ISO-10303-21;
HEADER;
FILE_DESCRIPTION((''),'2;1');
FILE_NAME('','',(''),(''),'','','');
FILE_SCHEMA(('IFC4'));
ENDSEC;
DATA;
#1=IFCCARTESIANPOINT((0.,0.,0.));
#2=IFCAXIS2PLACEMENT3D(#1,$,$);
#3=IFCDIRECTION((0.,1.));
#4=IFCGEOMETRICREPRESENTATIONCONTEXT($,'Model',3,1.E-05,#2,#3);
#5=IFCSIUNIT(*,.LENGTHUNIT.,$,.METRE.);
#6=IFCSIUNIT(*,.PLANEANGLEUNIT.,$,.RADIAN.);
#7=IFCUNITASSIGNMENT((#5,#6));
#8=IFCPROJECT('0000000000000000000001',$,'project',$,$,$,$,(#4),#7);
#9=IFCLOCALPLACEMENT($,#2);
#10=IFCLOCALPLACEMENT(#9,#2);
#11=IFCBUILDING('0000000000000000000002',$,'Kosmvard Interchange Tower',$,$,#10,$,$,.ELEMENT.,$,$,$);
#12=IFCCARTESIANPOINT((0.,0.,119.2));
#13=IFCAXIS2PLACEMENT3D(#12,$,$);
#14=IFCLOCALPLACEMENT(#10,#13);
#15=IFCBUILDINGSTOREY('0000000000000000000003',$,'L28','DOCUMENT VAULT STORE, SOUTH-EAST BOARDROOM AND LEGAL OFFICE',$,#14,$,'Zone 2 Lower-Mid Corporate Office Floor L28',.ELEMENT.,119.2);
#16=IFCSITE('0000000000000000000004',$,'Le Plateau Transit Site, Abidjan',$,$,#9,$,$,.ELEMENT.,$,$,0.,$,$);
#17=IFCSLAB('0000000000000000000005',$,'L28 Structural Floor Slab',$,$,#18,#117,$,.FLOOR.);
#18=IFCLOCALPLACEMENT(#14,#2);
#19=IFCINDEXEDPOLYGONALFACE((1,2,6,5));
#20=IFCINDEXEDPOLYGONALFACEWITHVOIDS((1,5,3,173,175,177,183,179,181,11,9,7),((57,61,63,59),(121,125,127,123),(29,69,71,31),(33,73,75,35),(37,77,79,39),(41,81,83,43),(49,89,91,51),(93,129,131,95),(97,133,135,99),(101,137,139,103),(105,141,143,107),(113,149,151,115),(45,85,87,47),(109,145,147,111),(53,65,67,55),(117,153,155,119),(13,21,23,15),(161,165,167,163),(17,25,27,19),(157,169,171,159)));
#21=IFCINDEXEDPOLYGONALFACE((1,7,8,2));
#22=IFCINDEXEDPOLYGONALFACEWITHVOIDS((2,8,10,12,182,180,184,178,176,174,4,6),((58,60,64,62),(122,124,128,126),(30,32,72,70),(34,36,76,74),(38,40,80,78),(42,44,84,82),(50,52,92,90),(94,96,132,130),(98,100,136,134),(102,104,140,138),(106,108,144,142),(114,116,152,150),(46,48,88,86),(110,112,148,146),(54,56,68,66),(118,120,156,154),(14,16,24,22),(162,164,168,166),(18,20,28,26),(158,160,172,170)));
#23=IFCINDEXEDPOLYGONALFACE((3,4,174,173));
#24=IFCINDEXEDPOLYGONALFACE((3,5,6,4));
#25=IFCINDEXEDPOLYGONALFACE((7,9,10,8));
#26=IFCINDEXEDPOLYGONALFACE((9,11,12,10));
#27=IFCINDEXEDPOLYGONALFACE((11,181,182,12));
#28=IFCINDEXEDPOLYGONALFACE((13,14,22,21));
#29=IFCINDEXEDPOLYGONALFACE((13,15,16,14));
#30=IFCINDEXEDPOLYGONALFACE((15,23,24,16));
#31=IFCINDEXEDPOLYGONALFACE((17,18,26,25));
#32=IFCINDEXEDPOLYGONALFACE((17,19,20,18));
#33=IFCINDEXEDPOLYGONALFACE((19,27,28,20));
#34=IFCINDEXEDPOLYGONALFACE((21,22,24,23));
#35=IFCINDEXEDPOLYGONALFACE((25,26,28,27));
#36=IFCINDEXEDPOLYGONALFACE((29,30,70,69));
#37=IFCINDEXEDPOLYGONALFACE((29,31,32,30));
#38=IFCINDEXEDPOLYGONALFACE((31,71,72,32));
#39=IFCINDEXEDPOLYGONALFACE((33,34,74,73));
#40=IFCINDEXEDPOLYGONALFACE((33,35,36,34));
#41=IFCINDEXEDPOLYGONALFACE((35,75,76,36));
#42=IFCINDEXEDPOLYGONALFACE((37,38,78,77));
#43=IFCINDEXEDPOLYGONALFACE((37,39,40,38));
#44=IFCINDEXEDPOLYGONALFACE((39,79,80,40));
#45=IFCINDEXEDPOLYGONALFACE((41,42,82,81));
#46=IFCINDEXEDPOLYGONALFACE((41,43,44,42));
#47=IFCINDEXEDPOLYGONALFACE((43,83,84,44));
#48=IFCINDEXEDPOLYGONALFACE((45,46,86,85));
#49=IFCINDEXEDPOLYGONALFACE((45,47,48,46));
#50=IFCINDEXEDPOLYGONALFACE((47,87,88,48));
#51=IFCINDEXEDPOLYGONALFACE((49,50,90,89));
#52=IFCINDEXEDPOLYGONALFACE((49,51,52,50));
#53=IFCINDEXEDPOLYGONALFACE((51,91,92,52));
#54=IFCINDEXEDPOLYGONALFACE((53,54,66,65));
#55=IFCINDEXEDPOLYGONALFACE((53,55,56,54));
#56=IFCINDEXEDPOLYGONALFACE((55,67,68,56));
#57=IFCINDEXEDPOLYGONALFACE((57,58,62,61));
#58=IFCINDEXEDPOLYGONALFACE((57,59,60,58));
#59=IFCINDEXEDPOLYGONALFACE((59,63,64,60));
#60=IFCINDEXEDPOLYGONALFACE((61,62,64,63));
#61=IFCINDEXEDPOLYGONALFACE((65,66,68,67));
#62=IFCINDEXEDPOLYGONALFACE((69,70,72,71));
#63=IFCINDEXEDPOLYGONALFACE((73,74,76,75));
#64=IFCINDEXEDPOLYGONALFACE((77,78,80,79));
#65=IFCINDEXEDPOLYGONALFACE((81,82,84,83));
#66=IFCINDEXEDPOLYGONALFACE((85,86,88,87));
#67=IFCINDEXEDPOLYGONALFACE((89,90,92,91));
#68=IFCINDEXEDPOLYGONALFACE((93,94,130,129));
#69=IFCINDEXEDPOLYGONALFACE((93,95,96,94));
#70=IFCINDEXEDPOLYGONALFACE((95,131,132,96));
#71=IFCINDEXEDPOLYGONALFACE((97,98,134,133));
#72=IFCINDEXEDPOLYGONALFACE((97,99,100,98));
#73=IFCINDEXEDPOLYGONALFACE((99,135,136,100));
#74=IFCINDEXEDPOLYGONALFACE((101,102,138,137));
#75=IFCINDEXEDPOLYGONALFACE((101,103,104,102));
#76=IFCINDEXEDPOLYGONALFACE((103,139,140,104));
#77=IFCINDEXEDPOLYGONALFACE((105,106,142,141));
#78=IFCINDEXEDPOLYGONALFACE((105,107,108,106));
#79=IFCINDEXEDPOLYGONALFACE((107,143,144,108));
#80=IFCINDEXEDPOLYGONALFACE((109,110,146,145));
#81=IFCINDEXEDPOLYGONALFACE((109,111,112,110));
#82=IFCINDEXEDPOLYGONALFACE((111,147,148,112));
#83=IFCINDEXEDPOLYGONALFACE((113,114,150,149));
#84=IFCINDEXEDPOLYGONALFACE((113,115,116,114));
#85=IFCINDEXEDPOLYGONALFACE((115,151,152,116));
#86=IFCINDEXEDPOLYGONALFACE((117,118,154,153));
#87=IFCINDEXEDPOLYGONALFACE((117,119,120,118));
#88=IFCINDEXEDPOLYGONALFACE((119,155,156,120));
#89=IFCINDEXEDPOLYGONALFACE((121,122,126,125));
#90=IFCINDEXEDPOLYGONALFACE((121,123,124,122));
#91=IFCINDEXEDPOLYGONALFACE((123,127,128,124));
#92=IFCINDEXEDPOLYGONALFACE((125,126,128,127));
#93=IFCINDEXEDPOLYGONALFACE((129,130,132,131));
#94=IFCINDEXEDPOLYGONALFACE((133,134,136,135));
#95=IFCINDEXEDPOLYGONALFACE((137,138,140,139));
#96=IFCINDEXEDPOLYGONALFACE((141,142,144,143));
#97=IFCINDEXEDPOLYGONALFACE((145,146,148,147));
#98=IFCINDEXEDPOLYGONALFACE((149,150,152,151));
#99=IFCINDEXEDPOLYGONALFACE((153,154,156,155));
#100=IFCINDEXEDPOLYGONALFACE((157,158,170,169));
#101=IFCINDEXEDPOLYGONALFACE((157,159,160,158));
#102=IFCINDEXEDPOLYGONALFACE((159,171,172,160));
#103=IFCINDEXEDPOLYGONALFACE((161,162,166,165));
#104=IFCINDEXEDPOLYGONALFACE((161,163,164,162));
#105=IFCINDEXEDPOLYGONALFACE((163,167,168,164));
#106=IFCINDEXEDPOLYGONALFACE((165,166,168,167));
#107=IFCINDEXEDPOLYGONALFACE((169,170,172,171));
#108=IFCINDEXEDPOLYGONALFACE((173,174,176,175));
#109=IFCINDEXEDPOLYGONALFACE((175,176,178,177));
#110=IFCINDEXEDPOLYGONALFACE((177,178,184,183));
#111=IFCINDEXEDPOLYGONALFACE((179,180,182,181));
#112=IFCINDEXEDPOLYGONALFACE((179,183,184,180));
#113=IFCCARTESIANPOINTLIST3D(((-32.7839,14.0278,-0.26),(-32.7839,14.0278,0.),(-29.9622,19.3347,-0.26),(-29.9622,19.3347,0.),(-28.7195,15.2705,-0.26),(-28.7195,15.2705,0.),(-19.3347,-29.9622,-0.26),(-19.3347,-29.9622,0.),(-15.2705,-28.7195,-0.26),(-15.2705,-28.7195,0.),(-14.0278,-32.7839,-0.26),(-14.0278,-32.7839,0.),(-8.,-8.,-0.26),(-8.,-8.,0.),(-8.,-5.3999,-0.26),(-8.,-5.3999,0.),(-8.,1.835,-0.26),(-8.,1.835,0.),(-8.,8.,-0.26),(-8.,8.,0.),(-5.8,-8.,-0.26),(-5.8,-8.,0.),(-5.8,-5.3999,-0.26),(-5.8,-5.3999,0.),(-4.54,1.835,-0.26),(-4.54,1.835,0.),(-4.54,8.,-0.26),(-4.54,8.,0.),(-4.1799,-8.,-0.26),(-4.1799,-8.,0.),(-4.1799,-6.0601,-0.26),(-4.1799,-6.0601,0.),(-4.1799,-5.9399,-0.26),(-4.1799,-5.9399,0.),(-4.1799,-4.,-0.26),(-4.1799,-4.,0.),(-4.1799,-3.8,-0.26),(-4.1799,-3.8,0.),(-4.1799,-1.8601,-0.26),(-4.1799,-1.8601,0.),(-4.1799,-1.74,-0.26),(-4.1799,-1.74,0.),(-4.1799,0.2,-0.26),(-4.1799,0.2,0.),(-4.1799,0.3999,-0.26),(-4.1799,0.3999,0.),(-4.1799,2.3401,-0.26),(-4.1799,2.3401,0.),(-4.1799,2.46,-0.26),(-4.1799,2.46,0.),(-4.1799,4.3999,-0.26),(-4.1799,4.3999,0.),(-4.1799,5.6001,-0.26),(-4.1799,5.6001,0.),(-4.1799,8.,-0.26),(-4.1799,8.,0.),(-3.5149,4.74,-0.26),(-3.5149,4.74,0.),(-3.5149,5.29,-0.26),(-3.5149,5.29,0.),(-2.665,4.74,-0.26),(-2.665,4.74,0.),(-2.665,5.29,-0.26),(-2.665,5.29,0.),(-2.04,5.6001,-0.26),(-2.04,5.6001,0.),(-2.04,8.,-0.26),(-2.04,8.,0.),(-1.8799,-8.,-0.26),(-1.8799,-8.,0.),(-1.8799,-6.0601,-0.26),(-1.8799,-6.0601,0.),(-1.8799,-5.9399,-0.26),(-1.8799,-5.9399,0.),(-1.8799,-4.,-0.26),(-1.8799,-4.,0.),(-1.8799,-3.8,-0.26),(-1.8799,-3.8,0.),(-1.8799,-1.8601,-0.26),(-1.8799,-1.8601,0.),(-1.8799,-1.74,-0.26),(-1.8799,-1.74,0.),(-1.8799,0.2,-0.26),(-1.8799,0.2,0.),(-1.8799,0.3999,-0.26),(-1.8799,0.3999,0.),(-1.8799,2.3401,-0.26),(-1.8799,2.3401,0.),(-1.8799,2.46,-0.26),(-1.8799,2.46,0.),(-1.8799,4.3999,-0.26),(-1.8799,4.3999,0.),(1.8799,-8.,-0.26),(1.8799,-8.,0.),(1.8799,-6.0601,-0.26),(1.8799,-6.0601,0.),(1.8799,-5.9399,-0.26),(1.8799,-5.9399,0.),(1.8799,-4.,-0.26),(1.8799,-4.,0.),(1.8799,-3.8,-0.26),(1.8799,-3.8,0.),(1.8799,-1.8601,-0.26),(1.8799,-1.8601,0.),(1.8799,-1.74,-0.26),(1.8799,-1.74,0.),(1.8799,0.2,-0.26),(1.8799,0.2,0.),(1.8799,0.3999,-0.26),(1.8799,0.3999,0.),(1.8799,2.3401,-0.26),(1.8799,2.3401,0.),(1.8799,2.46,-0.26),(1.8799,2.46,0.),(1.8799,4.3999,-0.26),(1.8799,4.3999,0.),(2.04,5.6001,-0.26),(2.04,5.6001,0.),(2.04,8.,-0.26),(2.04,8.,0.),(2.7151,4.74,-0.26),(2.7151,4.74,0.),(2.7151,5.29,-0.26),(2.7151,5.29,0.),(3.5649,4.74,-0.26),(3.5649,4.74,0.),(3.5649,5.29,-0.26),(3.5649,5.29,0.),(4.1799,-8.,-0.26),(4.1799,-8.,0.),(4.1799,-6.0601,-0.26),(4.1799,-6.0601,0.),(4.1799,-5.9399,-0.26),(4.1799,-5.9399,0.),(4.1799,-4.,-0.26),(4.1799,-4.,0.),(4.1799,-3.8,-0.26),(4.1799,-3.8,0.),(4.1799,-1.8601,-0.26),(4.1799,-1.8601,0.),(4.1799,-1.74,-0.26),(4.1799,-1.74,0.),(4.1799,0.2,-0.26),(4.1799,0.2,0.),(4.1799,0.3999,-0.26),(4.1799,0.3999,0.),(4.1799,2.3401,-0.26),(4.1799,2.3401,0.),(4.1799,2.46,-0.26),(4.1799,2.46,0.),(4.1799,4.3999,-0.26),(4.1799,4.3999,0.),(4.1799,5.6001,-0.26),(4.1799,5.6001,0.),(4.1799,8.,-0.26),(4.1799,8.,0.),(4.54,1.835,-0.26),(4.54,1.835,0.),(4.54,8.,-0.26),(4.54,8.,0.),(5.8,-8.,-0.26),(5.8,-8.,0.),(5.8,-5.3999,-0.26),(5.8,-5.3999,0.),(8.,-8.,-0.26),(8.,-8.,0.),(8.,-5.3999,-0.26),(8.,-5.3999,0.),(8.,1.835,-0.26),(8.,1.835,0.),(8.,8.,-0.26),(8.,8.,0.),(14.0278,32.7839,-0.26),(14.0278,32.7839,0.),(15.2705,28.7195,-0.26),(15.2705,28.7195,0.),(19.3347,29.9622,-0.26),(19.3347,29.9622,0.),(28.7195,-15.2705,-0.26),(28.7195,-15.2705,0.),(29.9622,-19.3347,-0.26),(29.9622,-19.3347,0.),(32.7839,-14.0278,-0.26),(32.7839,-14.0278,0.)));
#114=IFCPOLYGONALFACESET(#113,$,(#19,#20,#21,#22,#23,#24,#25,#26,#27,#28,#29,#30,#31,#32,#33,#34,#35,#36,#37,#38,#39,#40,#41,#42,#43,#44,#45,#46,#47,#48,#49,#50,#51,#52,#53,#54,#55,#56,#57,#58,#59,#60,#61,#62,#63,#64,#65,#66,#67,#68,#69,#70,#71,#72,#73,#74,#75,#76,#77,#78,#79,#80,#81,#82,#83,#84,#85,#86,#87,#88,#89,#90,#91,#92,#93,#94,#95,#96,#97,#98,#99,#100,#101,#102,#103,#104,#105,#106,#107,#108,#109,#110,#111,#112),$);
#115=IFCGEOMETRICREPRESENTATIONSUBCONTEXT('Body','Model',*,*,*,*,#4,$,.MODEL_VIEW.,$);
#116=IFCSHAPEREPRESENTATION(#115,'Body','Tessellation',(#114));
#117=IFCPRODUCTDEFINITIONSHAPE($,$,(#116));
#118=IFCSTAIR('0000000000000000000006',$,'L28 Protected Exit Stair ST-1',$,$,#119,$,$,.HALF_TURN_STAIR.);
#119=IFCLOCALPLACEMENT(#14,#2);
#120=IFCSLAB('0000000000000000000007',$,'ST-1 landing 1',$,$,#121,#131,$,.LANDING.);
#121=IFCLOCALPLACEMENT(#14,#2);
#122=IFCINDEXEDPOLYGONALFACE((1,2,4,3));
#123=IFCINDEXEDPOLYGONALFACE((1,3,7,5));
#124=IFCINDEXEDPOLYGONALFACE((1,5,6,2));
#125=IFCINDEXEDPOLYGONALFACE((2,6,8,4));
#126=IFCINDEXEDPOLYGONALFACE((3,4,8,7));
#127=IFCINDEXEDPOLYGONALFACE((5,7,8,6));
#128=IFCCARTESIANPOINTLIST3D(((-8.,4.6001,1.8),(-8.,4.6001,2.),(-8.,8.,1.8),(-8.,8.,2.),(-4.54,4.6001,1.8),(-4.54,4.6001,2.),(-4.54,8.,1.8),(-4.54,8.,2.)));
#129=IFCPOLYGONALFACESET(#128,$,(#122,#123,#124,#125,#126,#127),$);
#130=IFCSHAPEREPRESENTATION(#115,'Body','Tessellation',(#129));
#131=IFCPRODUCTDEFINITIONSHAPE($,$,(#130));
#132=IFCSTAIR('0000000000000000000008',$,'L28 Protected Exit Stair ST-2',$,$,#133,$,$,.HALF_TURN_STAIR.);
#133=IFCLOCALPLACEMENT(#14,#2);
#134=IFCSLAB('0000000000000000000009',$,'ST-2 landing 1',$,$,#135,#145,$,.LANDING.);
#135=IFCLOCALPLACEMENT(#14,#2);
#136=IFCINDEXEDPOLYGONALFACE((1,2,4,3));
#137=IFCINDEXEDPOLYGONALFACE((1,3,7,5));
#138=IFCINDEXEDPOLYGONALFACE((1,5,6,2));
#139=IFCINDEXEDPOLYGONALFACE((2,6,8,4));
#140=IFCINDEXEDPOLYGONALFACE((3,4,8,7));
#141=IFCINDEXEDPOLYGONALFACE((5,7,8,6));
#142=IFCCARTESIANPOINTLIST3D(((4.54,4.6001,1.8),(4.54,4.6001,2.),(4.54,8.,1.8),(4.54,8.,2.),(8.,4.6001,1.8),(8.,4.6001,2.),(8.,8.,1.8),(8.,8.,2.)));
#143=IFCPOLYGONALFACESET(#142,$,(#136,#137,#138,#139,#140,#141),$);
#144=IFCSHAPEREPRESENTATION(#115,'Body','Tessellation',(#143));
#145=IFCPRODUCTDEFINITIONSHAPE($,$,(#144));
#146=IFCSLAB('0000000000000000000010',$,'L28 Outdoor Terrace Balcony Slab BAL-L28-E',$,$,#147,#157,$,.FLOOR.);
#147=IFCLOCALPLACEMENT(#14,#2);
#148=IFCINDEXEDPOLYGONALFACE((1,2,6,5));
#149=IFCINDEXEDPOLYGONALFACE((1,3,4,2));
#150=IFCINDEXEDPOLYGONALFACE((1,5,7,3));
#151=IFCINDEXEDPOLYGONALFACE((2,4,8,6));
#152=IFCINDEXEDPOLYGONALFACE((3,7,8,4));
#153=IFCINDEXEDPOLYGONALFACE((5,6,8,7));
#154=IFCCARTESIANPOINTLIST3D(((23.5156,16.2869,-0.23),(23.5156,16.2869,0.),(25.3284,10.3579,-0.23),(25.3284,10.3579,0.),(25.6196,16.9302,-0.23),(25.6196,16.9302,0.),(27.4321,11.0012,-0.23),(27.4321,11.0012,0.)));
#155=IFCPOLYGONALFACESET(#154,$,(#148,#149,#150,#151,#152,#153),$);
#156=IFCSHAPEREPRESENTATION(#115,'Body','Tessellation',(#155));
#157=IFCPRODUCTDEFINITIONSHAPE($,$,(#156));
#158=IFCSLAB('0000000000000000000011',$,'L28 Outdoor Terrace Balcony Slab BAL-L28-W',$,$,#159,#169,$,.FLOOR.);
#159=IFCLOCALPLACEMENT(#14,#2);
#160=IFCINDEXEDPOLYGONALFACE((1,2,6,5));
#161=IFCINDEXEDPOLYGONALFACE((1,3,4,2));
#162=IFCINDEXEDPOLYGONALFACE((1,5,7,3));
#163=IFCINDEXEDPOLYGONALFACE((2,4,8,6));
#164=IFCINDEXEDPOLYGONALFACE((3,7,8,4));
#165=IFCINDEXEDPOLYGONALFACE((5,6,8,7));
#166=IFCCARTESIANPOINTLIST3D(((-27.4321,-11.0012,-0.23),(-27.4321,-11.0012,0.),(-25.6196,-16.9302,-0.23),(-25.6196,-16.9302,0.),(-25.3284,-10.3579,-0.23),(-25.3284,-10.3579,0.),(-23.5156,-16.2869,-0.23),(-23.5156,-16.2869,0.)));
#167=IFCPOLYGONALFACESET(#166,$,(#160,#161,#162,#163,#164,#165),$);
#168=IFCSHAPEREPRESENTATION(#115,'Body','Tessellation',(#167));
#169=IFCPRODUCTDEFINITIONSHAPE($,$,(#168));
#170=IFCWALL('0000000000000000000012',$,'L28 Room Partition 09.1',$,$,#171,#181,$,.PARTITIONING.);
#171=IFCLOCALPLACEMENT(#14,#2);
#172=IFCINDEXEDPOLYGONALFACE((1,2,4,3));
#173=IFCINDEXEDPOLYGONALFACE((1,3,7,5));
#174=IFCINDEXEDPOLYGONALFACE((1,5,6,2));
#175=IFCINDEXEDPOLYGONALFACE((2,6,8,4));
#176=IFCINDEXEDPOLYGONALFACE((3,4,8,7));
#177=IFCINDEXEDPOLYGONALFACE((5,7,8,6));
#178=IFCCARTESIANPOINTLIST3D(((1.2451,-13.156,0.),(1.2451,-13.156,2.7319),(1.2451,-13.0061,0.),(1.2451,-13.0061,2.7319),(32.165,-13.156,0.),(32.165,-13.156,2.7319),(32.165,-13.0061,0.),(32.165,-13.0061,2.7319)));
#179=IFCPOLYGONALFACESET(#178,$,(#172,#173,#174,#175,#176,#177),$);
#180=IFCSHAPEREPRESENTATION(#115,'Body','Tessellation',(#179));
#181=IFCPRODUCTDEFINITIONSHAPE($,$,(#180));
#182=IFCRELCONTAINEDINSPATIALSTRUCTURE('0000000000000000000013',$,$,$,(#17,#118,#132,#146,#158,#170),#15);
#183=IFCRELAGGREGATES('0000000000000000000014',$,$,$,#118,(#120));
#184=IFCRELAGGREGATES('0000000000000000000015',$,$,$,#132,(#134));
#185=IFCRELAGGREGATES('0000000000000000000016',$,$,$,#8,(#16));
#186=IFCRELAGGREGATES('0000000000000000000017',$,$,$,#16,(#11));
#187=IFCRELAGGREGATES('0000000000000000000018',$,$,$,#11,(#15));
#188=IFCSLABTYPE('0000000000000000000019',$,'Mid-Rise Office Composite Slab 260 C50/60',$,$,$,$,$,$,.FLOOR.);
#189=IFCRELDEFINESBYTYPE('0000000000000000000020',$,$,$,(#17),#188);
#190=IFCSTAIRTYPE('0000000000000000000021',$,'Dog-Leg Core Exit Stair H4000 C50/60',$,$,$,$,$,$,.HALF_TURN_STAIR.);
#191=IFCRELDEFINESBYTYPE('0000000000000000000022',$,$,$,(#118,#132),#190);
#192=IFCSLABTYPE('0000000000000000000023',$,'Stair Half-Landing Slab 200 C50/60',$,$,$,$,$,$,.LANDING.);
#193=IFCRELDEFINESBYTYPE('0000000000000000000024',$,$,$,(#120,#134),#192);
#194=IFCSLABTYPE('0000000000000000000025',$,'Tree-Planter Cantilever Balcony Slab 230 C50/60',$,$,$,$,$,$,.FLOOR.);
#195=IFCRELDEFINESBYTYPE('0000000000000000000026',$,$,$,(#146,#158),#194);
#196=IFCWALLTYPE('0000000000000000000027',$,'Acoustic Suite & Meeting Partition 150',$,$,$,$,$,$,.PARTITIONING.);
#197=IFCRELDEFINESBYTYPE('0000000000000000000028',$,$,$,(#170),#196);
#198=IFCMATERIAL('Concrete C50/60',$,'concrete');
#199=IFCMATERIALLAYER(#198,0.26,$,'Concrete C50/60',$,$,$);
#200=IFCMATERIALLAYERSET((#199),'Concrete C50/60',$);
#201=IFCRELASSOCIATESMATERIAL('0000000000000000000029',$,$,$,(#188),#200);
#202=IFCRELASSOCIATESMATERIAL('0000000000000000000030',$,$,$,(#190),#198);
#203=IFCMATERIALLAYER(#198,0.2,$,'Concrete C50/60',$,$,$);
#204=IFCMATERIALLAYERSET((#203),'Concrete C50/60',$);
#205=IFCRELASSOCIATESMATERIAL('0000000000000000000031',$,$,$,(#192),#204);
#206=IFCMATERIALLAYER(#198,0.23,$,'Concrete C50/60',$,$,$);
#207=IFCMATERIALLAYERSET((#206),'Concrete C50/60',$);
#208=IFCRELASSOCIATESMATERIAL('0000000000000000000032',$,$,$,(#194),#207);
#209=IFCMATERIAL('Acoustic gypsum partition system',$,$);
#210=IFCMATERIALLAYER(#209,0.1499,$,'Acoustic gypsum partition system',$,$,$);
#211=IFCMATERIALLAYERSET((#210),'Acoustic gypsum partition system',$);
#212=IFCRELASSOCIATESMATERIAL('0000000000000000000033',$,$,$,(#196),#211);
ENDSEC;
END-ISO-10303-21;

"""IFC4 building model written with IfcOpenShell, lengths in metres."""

from ifc_helpers import new_model, si_unit, direction, frame, frame_2d, origin, place, context, subcontext, project, spatial, polyline, rectangle, outline, extrude, material, layer, layer_set, type_object, element, aggregate, save


model = new_model("IFC4")

# Units and contexts
model_context = context("Model", 3, precision=1e-05, world=origin(), true_north=direction((0.0, 1.0)))
body_context = subcontext(model_context, "Body", "Model", "MODEL_VIEW")
ifc_project = project(units=[si_unit("LENGTHUNIT", "METRE"), si_unit("PLANEANGLEUNIT", "RADIAN")], contexts=[model_context])

# Site, building, storey
site_placement = place(None, origin())
site = spatial("IfcSite", under=ifc_project, at=site_placement, Name="Le Plateau Transit Site, Abidjan", CompositionType="ELEMENT", RefElevation=0.0)
building_placement = place(site_placement, origin())
building = spatial("IfcBuilding", under=site, at=building_placement, Name="Kosmvard Interchange Tower", CompositionType="ELEMENT")
storey_placement = place(building_placement, frame((0.0, 0.0, 119.2)))
storey = spatial("IfcBuildingStorey", under=building, at=storey_placement, Name="L28", Description="DOCUMENT VAULT STORE, SOUTH-EAST BOARDROOM AND LEGAL OFFICE", LongName="Zone 2 Lower-Mid Corporate Office Floor L28", CompositionType="ELEMENT", Elevation=119.2)

# Slab
ifc_material_1 = material(Name="Concrete C50/60", Category="concrete")
ifc_layer_1 = layer(ifc_material_1, 0.26, Name="Concrete C50/60")
ifc_layer_set_1 = layer_set([ifc_layer_1], Name="Concrete C50/60")
slab_type_1 = type_object("IfcSlabType", Name="Mid-Rise Office Composite Slab 260 C50/60", PredefinedType="FLOOR", material=ifc_layer_set_1)
slab_1_placement = place(storey_placement, frame((0.0, 0.0, -0.26)))
element("IfcSlab", 1, at=slab_1_placement, inside=storey, type_object=slab_type_1, Name="L28 Structural Floor Slab", PredefinedType="FLOOR", context=body_context, shape_type="SweptSolid", body=[
    extrude(outline(polyline([(-14.0278, -32.7839), (29.9622, -19.3347), (28.7195, -15.2705), (32.7839, -14.0278), (19.3347, 29.9622), (15.2705, 28.7195), (14.0278, 32.7839), (-29.9622, 19.3347), (-28.7195, 15.2705), (-32.7839, 14.0278), (-19.3347, -29.9622), (-15.2705, -28.7195), (-14.0278, -32.7839)]), holes=[polyline([(-8.0, 1.835), (-4.54, 1.835), (-4.54, 8.0), (-8.0, 8.0), (-8.0, 1.835)]), polyline([(4.54, 1.835), (8.0, 1.835), (8.0, 8.0), (4.54, 8.0), (4.54, 1.835)]), polyline([(-8.0, -8.0), (-5.8, -8.0), (-5.8, -5.3999), (-8.0, -5.3999), (-8.0, -8.0)]), polyline([(5.8, -8.0), (8.0, -8.0), (8.0, -5.3999), (5.8, -5.3999), (5.8, -8.0)]), polyline([(-4.1799, -8.0), (-1.8799, -8.0), (-1.8799, -6.0601), (-4.1799, -6.0601), (-4.1799, -8.0)]), polyline([(-4.1799, -5.9399), (-1.8799, -5.9399), (-1.8799, -4.0), (-4.1799, -4.0), (-4.1799, -5.9399)]), polyline([(1.8799, -8.0), (4.1799, -8.0), (4.1799, -6.0601), (1.8799, -6.0601), (1.8799, -8.0)]), polyline([(1.8799, -5.9399), (4.1799, -5.9399), (4.1799, -4.0), (1.8799, -4.0), (1.8799, -5.9399)]), polyline([(-4.1799, -3.8), (-1.8799, -3.8), (-1.8799, -1.8601), (-4.1799, -1.8601), (-4.1799, -3.8)]), polyline([(-4.1799, -1.74), (-1.8799, -1.74), (-1.8799, 0.2), (-4.1799, 0.2), (-4.1799, -1.74)]), polyline([(1.8799, -3.8), (4.1799, -3.8), (4.1799, -1.8601), (1.8799, -1.8601), (1.8799, -3.8)]), polyline([(1.8799, -1.74), (4.1799, -1.74), (4.1799, 0.2), (1.8799, 0.2), (1.8799, -1.74)]), polyline([(-4.1799, 0.3999), (-1.8799, 0.3999), (-1.8799, 2.3401), (-4.1799, 2.3401), (-4.1799, 0.3999)]), polyline([(-4.1799, 2.46), (-1.8799, 2.46), (-1.8799, 4.3999), (-4.1799, 4.3999), (-4.1799, 2.46)]), polyline([(1.8799, 0.3999), (4.1799, 0.3999), (4.1799, 2.3401), (1.8799, 2.3401), (1.8799, 0.3999)]), polyline([(1.8799, 2.46), (4.1799, 2.46), (4.1799, 4.3999), (1.8799, 4.3999), (1.8799, 2.46)]), polyline([(-4.1799, 5.6001), (-2.04, 5.6001), (-2.04, 8.0), (-4.1799, 8.0), (-4.1799, 5.6001)]), polyline([(2.04, 5.6001), (4.1799, 5.6001), (4.1799, 8.0), (2.04, 8.0), (2.04, 5.6001)]), polyline([(-3.5149, 4.74), (-2.665, 4.74), (-2.665, 5.29), (-3.5149, 5.29), (-3.5149, 4.74)]), polyline([(2.7151, 4.74), (3.5649, 4.74), (3.5649, 5.29), (2.7151, 5.29), (2.7151, 4.74)])]), origin(), (0.0, 0.0, 1.0), 0.26),
])

# Stairs, slabs
stair_type = type_object("IfcStairType", Name="Dog-Leg Core Exit Stair H4000 C50/60", PredefinedType="HALF_TURN_STAIR", material=ifc_material_1)
stair_1_placement = place(storey_placement, origin())
stair_1 = element("IfcStair", 2, at=stair_1_placement, inside=storey, type_object=stair_type, Name="L28 Protected Exit Stair ST-1", PredefinedType="HALF_TURN_STAIR")
ifc_layer_2 = layer(ifc_material_1, 0.2, Name="Concrete C50/60")
ifc_layer_set_2 = layer_set([ifc_layer_2], Name="Concrete C50/60")
slab_type_2 = type_object("IfcSlabType", Name="Stair Half-Landing Slab 200 C50/60", PredefinedType="LANDING", material=ifc_layer_set_2)
slab_2_placement = place(storey_placement, frame((0.0, 0.0, 1.8)))
slab_2 = element("IfcSlab", 3, at=slab_2_placement, type_object=slab_type_2, Name="ST-1 landing 1", PredefinedType="LANDING", context=body_context, shape_type="SweptSolid", body=[
    extrude(outline(polyline([(-4.54, 4.6001), (-4.54, 8.0), (-8.0, 8.0), (-8.0, 4.6001), (-4.54, 4.6001)])), origin(), (0.0, 0.0, 1.0), 0.2),
])
aggregate(stair_1, [slab_2])
stair_2_placement = place(storey_placement, origin())
stair_2 = element("IfcStair", 4, at=stair_2_placement, inside=storey, type_object=stair_type, Name="L28 Protected Exit Stair ST-2", PredefinedType="HALF_TURN_STAIR")
slab_3_placement = place(storey_placement, frame((0.0, 0.0, 1.8)))
slab_3 = element("IfcSlab", 5, at=slab_3_placement, type_object=slab_type_2, Name="ST-2 landing 1", PredefinedType="LANDING", context=body_context, shape_type="SweptSolid", body=[
    extrude(outline(polyline([(8.0, 4.6001), (8.0, 8.0), (4.54, 8.0), (4.54, 4.6001), (8.0, 4.6001)])), origin(), (0.0, 0.0, 1.0), 0.2),
])

# Slabs
ifc_layer_3 = layer(ifc_material_1, 0.23, Name="Concrete C50/60")
ifc_layer_set_3 = layer_set([ifc_layer_3], Name="Concrete C50/60")
slab_type_3 = type_object("IfcSlabType", Name="Tree-Planter Cantilever Balcony Slab 230 C50/60", PredefinedType="FLOOR", material=ifc_layer_set_3)
slab_4_placement = place(storey_placement, frame((0.0, 0.0, -0.23)))
element("IfcSlab", 6, at=slab_4_placement, inside=storey, type_object=slab_type_3, Name="L28 Outdoor Terrace Balcony Slab BAL-L28-E", PredefinedType="FLOOR", context=body_context, shape_type="SweptSolid", body=[
    extrude(outline(polyline([(25.3284, 10.3579), (27.4321, 11.0012), (25.6196, 16.9302), (23.5156, 16.2869), (25.3284, 10.3579)])), origin(), (0.0, 0.0, 1.0), 0.23),
])
slab_5_placement = place(storey_placement, frame((0.0, 0.0, -0.23)))
element("IfcSlab", 7, at=slab_5_placement, inside=storey, type_object=slab_type_3, Name="L28 Outdoor Terrace Balcony Slab BAL-L28-W", PredefinedType="FLOOR", context=body_context, shape_type="SweptSolid", body=[
    extrude(outline(polyline([(-25.6196, -16.9302), (-23.5156, -16.2869), (-25.3284, -10.3579), (-27.4321, -11.0012), (-25.6196, -16.9302)])), origin(), (0.0, 0.0, 1.0), 0.23),
])

# Wall
ifc_material_2 = material(Name="Acoustic gypsum partition system")
ifc_layer_4 = layer(ifc_material_2, 0.1499, Name="Acoustic gypsum partition system")
ifc_layer_set_4 = layer_set([ifc_layer_4], Name="Acoustic gypsum partition system")
wall_type_1 = type_object("IfcWallType", Name="Acoustic Suite & Meeting Partition 150", PredefinedType="PARTITIONING", material=ifc_layer_set_4)
wall_1_placement = place(storey_placement, frame((1.2451, -13.0811, 0.0), z_axis=(0.0, 0.0, 1.0), x_axis=(1.0, 0.0, 0.0)))
element("IfcWall", 8, at=wall_1_placement, inside=storey, type_object=wall_type_1, Name="L28 Room Partition 09.1", PredefinedType="PARTITIONING", context=body_context, shape_type="SweptSolid", body=[
    extrude(rectangle(XDim=30.9199, YDim=0.1499, at=frame_2d((15.46, 0.0))), origin(), (0.0, 0.0, 1.0), 2.7319),
])

aggregate(stair_2, [slab_3])

save(model, "model.ifc")
